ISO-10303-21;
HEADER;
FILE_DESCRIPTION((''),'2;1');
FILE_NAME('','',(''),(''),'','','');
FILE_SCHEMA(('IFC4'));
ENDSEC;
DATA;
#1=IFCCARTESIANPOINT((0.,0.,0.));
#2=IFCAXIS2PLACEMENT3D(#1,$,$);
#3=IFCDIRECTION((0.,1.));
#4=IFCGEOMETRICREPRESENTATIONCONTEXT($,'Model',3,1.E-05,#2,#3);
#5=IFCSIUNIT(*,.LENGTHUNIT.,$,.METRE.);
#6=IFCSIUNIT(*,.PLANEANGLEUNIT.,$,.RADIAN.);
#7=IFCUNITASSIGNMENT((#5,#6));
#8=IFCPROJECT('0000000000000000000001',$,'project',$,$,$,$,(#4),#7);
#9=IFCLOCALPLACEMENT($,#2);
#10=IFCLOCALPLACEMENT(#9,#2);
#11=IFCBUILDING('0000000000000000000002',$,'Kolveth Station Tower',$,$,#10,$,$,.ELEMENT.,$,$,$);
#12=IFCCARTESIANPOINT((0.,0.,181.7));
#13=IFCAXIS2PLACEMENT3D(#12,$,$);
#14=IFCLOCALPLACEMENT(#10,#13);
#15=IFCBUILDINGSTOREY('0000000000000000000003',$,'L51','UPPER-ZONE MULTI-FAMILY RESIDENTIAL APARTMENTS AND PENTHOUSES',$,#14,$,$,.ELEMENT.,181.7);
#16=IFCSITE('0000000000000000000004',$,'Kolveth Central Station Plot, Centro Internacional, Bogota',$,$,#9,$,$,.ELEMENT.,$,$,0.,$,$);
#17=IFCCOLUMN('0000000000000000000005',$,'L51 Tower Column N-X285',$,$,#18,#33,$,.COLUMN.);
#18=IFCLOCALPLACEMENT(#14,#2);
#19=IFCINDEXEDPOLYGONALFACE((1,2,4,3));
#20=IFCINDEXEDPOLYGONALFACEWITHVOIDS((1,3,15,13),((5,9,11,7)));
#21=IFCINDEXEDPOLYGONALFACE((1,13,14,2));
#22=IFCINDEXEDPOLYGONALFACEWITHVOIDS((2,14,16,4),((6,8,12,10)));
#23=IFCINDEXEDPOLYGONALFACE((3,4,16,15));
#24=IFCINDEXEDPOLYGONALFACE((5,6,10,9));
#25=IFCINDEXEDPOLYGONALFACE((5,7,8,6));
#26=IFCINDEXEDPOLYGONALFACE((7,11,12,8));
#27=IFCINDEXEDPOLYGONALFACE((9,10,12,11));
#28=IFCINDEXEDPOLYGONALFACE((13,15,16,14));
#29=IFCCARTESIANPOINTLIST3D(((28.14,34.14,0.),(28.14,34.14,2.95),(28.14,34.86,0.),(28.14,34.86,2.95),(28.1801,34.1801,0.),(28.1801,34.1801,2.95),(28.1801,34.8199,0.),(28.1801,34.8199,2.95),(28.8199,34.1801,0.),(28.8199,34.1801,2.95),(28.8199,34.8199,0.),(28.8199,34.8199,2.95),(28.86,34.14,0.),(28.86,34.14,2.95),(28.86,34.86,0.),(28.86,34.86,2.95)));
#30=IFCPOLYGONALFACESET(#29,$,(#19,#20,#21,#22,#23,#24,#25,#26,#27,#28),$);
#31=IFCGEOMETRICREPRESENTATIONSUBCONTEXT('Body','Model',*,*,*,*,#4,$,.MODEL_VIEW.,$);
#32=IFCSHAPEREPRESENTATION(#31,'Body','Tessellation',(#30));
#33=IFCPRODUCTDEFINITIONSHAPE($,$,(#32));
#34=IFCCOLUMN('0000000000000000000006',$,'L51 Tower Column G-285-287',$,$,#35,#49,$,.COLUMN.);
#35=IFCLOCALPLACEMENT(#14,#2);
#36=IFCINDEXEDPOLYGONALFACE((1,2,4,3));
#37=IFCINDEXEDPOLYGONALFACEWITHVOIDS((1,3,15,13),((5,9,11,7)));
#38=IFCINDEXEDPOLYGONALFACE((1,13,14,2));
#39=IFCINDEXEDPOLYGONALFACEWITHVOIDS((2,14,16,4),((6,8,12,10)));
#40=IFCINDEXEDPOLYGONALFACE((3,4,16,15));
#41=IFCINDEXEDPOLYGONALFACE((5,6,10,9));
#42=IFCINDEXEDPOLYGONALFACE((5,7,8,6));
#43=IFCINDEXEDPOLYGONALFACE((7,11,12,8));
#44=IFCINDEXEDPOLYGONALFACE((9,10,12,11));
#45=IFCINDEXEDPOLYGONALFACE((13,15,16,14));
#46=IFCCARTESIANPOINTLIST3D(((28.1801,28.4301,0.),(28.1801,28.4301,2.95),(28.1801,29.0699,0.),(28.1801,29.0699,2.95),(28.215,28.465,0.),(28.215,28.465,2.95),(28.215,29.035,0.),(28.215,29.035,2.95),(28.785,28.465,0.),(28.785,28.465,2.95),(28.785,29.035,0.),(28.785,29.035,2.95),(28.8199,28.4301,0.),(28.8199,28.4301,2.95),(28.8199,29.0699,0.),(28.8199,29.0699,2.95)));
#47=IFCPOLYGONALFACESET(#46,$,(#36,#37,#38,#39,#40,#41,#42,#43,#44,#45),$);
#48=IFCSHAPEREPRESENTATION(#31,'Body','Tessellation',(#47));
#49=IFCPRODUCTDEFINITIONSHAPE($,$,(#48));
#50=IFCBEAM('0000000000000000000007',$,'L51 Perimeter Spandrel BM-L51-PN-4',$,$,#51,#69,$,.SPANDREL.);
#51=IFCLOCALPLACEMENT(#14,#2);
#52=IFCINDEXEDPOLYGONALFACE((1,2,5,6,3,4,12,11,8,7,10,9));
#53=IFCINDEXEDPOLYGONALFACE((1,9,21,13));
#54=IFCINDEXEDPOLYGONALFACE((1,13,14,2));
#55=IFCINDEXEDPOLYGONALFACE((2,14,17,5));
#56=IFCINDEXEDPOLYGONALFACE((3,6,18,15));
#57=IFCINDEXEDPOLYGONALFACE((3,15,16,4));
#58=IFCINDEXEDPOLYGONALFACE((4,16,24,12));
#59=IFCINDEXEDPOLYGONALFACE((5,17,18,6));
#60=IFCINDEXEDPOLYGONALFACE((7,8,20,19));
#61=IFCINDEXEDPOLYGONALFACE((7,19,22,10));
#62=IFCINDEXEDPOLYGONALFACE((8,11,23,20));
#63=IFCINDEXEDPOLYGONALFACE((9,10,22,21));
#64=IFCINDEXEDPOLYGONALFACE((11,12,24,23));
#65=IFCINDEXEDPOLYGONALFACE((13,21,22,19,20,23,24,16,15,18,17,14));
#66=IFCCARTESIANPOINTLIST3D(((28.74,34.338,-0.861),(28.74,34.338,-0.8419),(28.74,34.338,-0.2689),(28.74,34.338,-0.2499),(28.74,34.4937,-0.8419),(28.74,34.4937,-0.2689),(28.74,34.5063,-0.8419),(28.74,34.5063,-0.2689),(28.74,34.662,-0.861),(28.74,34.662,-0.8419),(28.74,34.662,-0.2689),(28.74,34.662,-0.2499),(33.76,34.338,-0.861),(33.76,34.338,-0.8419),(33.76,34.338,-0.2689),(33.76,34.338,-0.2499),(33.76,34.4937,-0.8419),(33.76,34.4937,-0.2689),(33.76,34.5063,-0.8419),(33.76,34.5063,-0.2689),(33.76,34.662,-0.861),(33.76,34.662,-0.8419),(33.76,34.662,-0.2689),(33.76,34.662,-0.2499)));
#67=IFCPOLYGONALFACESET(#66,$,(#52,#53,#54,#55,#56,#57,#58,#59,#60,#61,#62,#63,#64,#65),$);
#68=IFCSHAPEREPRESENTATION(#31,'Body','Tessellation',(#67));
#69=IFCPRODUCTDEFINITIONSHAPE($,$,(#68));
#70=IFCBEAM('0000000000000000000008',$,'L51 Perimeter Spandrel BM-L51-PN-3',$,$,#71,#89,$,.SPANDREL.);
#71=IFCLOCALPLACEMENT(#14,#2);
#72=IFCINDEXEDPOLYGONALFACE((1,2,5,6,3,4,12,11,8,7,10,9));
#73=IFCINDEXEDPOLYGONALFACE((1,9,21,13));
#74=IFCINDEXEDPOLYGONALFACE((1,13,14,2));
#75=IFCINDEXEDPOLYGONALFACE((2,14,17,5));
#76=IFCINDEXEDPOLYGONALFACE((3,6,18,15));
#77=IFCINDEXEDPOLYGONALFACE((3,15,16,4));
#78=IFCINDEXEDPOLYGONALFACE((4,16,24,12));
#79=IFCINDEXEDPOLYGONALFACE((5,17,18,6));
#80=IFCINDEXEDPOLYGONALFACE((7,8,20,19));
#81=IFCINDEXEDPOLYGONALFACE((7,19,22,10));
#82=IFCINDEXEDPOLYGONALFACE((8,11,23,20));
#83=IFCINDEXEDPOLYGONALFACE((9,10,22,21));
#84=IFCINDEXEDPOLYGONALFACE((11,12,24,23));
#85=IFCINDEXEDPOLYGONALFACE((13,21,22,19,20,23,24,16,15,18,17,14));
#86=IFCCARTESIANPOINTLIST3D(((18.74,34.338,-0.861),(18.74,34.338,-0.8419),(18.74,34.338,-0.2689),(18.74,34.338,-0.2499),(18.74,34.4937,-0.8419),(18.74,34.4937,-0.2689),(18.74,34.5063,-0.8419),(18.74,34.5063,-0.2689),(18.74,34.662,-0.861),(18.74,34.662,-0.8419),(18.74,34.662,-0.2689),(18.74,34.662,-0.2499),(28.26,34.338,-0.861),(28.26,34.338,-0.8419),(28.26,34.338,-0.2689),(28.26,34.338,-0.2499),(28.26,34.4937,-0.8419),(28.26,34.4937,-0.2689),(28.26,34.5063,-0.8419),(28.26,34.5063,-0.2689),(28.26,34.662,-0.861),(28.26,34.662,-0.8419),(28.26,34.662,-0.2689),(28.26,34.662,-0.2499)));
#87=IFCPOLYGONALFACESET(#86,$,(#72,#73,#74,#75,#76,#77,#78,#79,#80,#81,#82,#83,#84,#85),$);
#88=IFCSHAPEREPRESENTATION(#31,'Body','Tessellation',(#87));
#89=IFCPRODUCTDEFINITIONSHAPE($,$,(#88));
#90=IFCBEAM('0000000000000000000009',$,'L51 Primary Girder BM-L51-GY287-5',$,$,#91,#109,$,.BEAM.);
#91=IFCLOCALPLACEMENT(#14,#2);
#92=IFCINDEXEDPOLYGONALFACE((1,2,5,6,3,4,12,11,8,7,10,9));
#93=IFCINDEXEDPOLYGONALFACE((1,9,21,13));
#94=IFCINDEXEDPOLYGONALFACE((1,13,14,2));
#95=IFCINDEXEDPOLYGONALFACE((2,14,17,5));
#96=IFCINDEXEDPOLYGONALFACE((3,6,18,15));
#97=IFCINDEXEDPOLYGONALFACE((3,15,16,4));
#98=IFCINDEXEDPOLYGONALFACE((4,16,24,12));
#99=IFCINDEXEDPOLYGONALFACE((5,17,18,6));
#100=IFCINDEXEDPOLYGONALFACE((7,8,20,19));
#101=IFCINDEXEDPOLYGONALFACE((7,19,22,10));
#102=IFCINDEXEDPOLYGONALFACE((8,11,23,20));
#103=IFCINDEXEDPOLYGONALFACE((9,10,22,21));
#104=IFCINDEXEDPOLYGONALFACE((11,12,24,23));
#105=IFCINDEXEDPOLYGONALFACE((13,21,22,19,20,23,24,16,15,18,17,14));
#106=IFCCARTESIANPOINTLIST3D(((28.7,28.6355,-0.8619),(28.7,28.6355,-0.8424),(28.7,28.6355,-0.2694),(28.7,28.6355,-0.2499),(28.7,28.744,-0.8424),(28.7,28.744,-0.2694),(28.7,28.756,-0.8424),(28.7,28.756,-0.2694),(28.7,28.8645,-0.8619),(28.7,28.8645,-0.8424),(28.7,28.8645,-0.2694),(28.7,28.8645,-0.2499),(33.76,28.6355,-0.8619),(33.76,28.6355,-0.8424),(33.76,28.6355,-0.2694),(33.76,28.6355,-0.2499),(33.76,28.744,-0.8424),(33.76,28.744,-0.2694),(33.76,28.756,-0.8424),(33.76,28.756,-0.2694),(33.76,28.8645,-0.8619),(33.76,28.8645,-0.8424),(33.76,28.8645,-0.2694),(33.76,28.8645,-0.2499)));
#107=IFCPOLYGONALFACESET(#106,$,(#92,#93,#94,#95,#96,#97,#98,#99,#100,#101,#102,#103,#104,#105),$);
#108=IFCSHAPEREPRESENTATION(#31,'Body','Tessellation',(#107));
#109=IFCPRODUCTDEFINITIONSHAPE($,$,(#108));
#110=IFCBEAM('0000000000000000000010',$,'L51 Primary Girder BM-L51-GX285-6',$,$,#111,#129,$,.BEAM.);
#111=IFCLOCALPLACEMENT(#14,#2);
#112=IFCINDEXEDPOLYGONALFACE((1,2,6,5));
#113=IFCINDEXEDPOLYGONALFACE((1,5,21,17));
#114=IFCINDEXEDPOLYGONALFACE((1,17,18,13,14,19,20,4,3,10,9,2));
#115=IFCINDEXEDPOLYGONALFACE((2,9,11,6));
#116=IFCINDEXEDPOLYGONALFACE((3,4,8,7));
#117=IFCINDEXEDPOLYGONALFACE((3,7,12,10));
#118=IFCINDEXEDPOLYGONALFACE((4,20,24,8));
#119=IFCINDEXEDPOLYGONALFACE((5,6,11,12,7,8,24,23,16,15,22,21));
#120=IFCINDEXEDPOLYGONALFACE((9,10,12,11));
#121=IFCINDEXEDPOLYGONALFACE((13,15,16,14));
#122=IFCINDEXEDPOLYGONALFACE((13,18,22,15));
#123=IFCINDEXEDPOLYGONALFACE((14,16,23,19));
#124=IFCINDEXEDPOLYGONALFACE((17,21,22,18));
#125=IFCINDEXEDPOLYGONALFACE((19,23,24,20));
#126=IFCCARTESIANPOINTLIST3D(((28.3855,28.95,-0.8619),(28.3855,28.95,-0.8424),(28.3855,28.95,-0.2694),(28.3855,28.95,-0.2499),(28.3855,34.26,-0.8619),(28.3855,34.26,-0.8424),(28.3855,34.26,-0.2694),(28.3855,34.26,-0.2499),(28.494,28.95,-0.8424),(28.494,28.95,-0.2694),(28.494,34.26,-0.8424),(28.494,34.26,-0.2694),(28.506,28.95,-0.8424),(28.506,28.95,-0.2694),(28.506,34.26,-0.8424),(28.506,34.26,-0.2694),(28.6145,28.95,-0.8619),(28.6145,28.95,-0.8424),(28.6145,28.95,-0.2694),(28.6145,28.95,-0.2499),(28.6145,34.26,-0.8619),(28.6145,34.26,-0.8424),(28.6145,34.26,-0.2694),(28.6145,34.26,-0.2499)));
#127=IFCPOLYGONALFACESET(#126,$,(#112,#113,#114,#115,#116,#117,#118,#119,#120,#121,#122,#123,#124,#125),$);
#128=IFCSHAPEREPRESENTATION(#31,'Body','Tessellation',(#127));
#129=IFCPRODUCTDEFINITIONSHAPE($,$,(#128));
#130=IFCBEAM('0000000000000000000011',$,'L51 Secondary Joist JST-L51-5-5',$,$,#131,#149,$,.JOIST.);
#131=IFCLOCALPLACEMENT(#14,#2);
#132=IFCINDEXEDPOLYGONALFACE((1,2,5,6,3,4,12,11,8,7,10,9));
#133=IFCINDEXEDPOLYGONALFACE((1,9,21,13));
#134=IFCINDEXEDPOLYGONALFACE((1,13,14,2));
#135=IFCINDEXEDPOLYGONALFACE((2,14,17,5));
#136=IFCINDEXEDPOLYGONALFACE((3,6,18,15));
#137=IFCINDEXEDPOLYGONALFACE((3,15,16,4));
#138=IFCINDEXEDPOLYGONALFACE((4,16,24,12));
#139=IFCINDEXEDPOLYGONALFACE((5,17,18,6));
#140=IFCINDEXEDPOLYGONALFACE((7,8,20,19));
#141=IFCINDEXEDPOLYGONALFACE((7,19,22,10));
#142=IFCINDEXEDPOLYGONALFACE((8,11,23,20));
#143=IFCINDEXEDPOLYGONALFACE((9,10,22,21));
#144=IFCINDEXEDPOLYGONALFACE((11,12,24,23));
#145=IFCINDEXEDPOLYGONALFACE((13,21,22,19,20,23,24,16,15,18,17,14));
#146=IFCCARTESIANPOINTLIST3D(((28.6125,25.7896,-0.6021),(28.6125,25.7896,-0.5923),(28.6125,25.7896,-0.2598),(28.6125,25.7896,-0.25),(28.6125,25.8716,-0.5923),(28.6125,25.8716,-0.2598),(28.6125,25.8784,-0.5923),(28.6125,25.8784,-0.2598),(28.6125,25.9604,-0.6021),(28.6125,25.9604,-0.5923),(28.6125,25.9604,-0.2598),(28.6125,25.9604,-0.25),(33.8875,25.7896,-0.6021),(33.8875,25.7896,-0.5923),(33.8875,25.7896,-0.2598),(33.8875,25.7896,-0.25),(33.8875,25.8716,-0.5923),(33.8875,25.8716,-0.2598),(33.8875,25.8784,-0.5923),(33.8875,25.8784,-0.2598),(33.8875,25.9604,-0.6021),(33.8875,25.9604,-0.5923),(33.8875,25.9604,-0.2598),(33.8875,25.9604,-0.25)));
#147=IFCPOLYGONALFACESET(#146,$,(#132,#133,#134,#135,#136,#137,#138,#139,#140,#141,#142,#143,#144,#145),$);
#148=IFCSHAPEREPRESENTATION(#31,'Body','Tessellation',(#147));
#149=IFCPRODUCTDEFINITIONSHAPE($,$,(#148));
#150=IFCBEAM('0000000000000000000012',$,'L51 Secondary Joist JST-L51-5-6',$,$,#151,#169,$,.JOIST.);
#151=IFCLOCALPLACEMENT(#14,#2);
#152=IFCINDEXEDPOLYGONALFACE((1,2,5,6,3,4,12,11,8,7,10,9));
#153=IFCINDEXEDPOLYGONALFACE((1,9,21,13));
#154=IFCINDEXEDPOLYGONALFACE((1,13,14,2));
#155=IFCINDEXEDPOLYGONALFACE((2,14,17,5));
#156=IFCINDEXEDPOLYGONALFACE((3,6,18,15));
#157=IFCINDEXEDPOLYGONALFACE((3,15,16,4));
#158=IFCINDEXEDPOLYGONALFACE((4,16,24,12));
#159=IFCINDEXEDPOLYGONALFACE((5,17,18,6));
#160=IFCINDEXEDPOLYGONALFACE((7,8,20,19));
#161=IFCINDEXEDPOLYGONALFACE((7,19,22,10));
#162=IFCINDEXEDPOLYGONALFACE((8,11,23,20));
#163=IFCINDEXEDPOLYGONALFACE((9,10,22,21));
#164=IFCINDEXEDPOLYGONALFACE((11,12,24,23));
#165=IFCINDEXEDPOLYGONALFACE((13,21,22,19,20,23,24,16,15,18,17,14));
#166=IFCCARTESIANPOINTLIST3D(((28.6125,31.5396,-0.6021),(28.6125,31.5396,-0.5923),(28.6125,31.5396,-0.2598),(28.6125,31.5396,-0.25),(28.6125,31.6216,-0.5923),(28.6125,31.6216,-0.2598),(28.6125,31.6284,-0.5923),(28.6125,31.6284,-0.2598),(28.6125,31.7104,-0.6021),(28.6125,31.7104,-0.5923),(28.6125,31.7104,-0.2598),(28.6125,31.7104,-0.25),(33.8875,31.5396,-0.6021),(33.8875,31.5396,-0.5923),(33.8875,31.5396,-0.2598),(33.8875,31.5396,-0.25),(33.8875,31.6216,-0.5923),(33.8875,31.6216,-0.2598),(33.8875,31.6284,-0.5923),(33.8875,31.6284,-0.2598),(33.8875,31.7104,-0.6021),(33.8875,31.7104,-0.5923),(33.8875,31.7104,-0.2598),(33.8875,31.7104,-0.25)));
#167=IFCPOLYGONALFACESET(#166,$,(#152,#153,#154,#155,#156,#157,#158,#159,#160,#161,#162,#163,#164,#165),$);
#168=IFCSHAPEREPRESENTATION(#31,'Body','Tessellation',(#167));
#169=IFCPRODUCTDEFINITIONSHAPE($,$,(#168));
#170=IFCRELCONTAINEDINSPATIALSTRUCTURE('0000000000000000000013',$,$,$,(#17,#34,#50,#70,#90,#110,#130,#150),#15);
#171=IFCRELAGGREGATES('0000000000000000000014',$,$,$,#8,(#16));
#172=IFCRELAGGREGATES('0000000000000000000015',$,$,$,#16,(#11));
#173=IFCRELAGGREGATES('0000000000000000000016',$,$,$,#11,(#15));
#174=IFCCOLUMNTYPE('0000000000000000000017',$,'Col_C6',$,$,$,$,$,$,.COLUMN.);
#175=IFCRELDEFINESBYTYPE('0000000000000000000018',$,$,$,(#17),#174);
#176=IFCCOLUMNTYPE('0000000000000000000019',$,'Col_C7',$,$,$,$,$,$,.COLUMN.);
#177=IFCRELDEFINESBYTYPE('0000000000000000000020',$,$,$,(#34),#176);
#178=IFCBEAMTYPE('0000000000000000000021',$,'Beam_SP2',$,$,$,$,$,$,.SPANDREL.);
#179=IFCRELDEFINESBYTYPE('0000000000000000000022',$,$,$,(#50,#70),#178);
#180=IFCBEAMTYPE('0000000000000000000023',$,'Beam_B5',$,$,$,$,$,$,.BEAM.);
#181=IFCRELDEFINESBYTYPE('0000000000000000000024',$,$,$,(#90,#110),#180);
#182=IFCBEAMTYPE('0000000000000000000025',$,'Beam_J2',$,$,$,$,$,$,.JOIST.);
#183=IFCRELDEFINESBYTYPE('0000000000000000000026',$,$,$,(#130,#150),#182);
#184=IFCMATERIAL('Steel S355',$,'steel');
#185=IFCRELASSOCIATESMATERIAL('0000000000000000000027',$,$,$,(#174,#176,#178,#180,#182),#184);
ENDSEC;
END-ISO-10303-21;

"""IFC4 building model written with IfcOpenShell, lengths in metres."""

from ifc_helpers import new_model, si_unit, direction, frame, origin, origin_2d, place, context, subcontext, project, spatial, hollow_rectangle, i_section, extrude, source, transform, mapped, material, material_profile, profile_set, type_object, element, save


model = new_model("IFC4")

# Units and contexts
model_context = context("Model", 3, precision=1e-05, world=origin(), true_north=direction((0.0, 1.0)))
body_context = subcontext(model_context, "Body", "Model", "MODEL_VIEW")
ifc_project = project(units=[si_unit("LENGTHUNIT", "METRE"), si_unit("PLANEANGLEUNIT", "RADIAN")], contexts=[model_context])

# Site, building, storey
site_placement = place(None, origin())
site = spatial("IfcSite", under=ifc_project, at=site_placement, Name="Kolveth Central Station Plot, Centro Internacional, Bogota", CompositionType="ELEMENT", RefElevation=0.0)
building_placement = place(site_placement, origin())
building = spatial("IfcBuilding", under=site, at=building_placement, Name="Kolveth Station Tower", CompositionType="ELEMENT")
storey_placement = place(building_placement, frame((0.0, 0.0, 181.7)))
storey = spatial("IfcBuildingStorey", under=building, at=storey_placement, Name="L51", Description="UPPER-ZONE MULTI-FAMILY RESIDENTIAL APARTMENTS AND PENTHOUSES", CompositionType="ELEMENT", Elevation=181.7)

# Columns
ifc_material_1 = material(Name="Steel S355", Category="steel")
ifc_material_profile_1 = material_profile(ifc_material_1, hollow_rectangle(XDim=0.72, YDim=0.72, WallThickness=0.04, at=origin_2d()), Name="BOX720x720x40")
ifc_profile_set_1 = profile_set([ifc_material_profile_1], Name="Steel S355")
column_type_1 = type_object("IfcColumnType", Name="Col_C6", PredefinedType="COLUMN", material=ifc_profile_set_1)
shared_shape_1 = source(origin(), body_context, "Body", "SweptSolid", [
    extrude(hollow_rectangle(XDim=0.72, YDim=0.72, WallThickness=0.04, at=origin_2d()), origin(), (0.0, 0.0, 1.0), 2.95),
])
column_1_placement = place(storey_placement, frame((28.5, 34.5, 0.0), z_axis=(0.0, 0.0, 1.0), x_axis=(1.0, 0.0, 0.0)))
element("IfcColumn", 1, at=column_1_placement, inside=storey, type_object=column_type_1, Name="L51 Tower Column N-X285", PredefinedType="COLUMN", context=body_context, shape_type="MappedRepresentation", body=[
    mapped(shared_shape_1, transform((0.0, 0.0, 0.0), x_axis=(1.0, 0.0, 0.0), y_axis=(0.0, 1.0, 0.0), z_axis=(0.0, 0.0, 1.0), scale=1.0)),
])
ifc_material_profile_2 = material_profile(ifc_material_1, hollow_rectangle(XDim=0.6399, YDim=0.6399, WallThickness=0.0349, at=origin_2d()), Name="BOX640x640x35")
ifc_profile_set_2 = profile_set([ifc_material_profile_2], Name="Steel S355")
column_type_2 = type_object("IfcColumnType", Name="Col_C7", PredefinedType="COLUMN", material=ifc_profile_set_2)
shared_shape_2 = source(origin(), body_context, "Body", "SweptSolid", [
    extrude(hollow_rectangle(XDim=0.6399, YDim=0.6399, WallThickness=0.0349, at=origin_2d()), origin(), (0.0, 0.0, 1.0), 2.95),
])
column_2_placement = place(storey_placement, frame((28.5, 28.75, 0.0), z_axis=(0.0, 0.0, 1.0), x_axis=(1.0, 0.0, 0.0)))
element("IfcColumn", 2, at=column_2_placement, inside=storey, type_object=column_type_2, Name="L51 Tower Column G-285-287", PredefinedType="COLUMN", context=body_context, shape_type="MappedRepresentation", body=[
    mapped(shared_shape_2, transform((0.0, 0.0, 0.0), x_axis=(1.0, 0.0, 0.0), y_axis=(0.0, 1.0, 0.0), z_axis=(0.0, 0.0, 1.0), scale=1.0)),
])

# Beams
ifc_material_profile_3 = material_profile(ifc_material_1, i_section(OverallWidth=0.324, OverallDepth=0.6111, WebThickness=0.0127, FlangeThickness=0.019, at=origin_2d()), Name="W610x155")
ifc_profile_set_3 = profile_set([ifc_material_profile_3], Name="Steel S355")
beam_type_1 = type_object("IfcBeamType", Name="Beam_SP2", PredefinedType="SPANDREL", material=ifc_profile_set_3)
shared_shape_3 = source(origin(), body_context, "Body", "SweptSolid", [
    extrude(i_section(OverallWidth=0.324, OverallDepth=0.6111, WebThickness=0.0127, FlangeThickness=0.019, at=origin_2d()), origin(), (0.0, 0.0, 1.0), 5.02),
])
beam_1_placement = place(storey_placement, frame((28.74, 34.5, -0.5554), z_axis=(1.0, 0.0, 0.0), x_axis=(0.0, 1.0, 0.0)))
element("IfcBeam", 3, at=beam_1_placement, inside=storey, type_object=beam_type_1, Name="L51 Perimeter Spandrel BM-L51-PN-4", PredefinedType="SPANDREL", context=body_context, shape_type="MappedRepresentation", body=[
    mapped(shared_shape_3, transform((0.0, 0.0, 0.0), x_axis=(1.0, 0.0, 0.0), y_axis=(0.0, 1.0, 0.0), z_axis=(0.0, 0.0, 1.0), scale=1.0)),
])
shared_shape_4 = source(origin(), body_context, "Body", "SweptSolid", [
    extrude(i_section(OverallWidth=0.324, OverallDepth=0.6111, WebThickness=0.0127, FlangeThickness=0.019, at=origin_2d()), origin(), (0.0, 0.0, 1.0), 9.52),
])
beam_2_placement = place(storey_placement, frame((18.74, 34.5, -0.5554), z_axis=(1.0, 0.0, 0.0), x_axis=(0.0, 1.0, 0.0)))
element("IfcBeam", 4, at=beam_2_placement, inside=storey, type_object=beam_type_1, Name="L51 Perimeter Spandrel BM-L51-PN-3", PredefinedType="SPANDREL", context=body_context, shape_type="MappedRepresentation", body=[
    mapped(shared_shape_4, transform((0.0, 0.0, 0.0), x_axis=(1.0, 0.0, 0.0), y_axis=(0.0, 1.0, 0.0), z_axis=(0.0, 0.0, 1.0), scale=1.0)),
])
ifc_material_profile_4 = material_profile(ifc_material_1, i_section(OverallWidth=0.229, OverallDepth=0.6121, WebThickness=0.012, FlangeThickness=0.0195, at=origin_2d()), Name="W610x125")
ifc_profile_set_4 = profile_set([ifc_material_profile_4], Name="Steel S355")
beam_type_2 = type_object("IfcBeamType", Name="Beam_B5", PredefinedType="BEAM", material=ifc_profile_set_4)
shared_shape_5 = source(origin(), body_context, "Body", "SweptSolid", [
    extrude(i_section(OverallWidth=0.229, OverallDepth=0.6121, WebThickness=0.012, FlangeThickness=0.0195, at=origin_2d()), origin(), (0.0, 0.0, 1.0), 5.0601),
])
beam_3_placement = place(storey_placement, frame((28.7, 28.75, -0.5559), z_axis=(1.0, 0.0, 0.0), x_axis=(0.0, 1.0, 0.0)))
element("IfcBeam", 5, at=beam_3_placement, inside=storey, type_object=beam_type_2, Name="L51 Primary Girder BM-L51-GY287-5", PredefinedType="BEAM", context=body_context, shape_type="MappedRepresentation", body=[
    mapped(shared_shape_5, transform((0.0, 0.0, 0.0), x_axis=(1.0, 0.0, 0.0), y_axis=(0.0, 1.0, 0.0), z_axis=(0.0, 0.0, 1.0), scale=1.0)),
])
shared_shape_6 = source(origin(), body_context, "Body", "SweptSolid", [
    extrude(i_section(OverallWidth=0.229, OverallDepth=0.6121, WebThickness=0.012, FlangeThickness=0.0195, at=origin_2d()), origin(), (0.0, 0.0, 1.0), 5.3101),
])
beam_4_placement = place(storey_placement, frame((28.5, 28.95, -0.5559), z_axis=(0.0, 1.0, 0.0), x_axis=(-1.0, 0.0, 0.0)))
element("IfcBeam", 6, at=beam_4_placement, inside=storey, type_object=beam_type_2, Name="L51 Primary Girder BM-L51-GX285-6", PredefinedType="BEAM", context=body_context, shape_type="MappedRepresentation", body=[
    mapped(shared_shape_6, transform((0.0, 0.0, 0.0), x_axis=(1.0, 0.0, 0.0), y_axis=(0.0, 1.0, 0.0), z_axis=(0.0, 0.0, 1.0), scale=1.0)),
])
ifc_material_profile_5 = material_profile(ifc_material_1, i_section(OverallWidth=0.1709, OverallDepth=0.3521, WebThickness=0.0068, FlangeThickness=0.0098, at=origin_2d()), Name="W360x44")
ifc_profile_set_5 = profile_set([ifc_material_profile_5], Name="Steel S355")
beam_type_3 = type_object("IfcBeamType", Name="Beam_J2", PredefinedType="JOIST", material=ifc_profile_set_5)
shared_shape_7 = source(origin(), body_context, "Body", "SweptSolid", [
    extrude(i_section(OverallWidth=0.1709, OverallDepth=0.3521, WebThickness=0.0068, FlangeThickness=0.0098, at=origin_2d()), origin(), (0.0, 0.0, 1.0), 5.2749),
])
for number, where, z_axis, x_axis, name in (
    (7, (28.6125, 25.875, -0.426), (1.0, 0.0, 0.0), (0.0, 1.0, 0.0), "L51 Secondary Joist JST-L51-5-5"),
    (8, (28.6125, 31.625, -0.426), (1.0, 0.0, 0.0), (0.0, 1.0, 0.0), "L51 Secondary Joist JST-L51-5-6"),
):
    element("IfcBeam", number, at=place(storey_placement, frame(where, z_axis=z_axis, x_axis=x_axis)), inside=storey, type_object=beam_type_3, Name=name, PredefinedType="JOIST", context=body_context, shape_type="MappedRepresentation", body=[
        mapped(shared_shape_7, transform((0.0, 0.0, 0.0), x_axis=(1.0, 0.0, 0.0), y_axis=(0.0, 1.0, 0.0), z_axis=(0.0, 0.0, 1.0), scale=1.0)),
    ])

save(model, "model.ifc")
